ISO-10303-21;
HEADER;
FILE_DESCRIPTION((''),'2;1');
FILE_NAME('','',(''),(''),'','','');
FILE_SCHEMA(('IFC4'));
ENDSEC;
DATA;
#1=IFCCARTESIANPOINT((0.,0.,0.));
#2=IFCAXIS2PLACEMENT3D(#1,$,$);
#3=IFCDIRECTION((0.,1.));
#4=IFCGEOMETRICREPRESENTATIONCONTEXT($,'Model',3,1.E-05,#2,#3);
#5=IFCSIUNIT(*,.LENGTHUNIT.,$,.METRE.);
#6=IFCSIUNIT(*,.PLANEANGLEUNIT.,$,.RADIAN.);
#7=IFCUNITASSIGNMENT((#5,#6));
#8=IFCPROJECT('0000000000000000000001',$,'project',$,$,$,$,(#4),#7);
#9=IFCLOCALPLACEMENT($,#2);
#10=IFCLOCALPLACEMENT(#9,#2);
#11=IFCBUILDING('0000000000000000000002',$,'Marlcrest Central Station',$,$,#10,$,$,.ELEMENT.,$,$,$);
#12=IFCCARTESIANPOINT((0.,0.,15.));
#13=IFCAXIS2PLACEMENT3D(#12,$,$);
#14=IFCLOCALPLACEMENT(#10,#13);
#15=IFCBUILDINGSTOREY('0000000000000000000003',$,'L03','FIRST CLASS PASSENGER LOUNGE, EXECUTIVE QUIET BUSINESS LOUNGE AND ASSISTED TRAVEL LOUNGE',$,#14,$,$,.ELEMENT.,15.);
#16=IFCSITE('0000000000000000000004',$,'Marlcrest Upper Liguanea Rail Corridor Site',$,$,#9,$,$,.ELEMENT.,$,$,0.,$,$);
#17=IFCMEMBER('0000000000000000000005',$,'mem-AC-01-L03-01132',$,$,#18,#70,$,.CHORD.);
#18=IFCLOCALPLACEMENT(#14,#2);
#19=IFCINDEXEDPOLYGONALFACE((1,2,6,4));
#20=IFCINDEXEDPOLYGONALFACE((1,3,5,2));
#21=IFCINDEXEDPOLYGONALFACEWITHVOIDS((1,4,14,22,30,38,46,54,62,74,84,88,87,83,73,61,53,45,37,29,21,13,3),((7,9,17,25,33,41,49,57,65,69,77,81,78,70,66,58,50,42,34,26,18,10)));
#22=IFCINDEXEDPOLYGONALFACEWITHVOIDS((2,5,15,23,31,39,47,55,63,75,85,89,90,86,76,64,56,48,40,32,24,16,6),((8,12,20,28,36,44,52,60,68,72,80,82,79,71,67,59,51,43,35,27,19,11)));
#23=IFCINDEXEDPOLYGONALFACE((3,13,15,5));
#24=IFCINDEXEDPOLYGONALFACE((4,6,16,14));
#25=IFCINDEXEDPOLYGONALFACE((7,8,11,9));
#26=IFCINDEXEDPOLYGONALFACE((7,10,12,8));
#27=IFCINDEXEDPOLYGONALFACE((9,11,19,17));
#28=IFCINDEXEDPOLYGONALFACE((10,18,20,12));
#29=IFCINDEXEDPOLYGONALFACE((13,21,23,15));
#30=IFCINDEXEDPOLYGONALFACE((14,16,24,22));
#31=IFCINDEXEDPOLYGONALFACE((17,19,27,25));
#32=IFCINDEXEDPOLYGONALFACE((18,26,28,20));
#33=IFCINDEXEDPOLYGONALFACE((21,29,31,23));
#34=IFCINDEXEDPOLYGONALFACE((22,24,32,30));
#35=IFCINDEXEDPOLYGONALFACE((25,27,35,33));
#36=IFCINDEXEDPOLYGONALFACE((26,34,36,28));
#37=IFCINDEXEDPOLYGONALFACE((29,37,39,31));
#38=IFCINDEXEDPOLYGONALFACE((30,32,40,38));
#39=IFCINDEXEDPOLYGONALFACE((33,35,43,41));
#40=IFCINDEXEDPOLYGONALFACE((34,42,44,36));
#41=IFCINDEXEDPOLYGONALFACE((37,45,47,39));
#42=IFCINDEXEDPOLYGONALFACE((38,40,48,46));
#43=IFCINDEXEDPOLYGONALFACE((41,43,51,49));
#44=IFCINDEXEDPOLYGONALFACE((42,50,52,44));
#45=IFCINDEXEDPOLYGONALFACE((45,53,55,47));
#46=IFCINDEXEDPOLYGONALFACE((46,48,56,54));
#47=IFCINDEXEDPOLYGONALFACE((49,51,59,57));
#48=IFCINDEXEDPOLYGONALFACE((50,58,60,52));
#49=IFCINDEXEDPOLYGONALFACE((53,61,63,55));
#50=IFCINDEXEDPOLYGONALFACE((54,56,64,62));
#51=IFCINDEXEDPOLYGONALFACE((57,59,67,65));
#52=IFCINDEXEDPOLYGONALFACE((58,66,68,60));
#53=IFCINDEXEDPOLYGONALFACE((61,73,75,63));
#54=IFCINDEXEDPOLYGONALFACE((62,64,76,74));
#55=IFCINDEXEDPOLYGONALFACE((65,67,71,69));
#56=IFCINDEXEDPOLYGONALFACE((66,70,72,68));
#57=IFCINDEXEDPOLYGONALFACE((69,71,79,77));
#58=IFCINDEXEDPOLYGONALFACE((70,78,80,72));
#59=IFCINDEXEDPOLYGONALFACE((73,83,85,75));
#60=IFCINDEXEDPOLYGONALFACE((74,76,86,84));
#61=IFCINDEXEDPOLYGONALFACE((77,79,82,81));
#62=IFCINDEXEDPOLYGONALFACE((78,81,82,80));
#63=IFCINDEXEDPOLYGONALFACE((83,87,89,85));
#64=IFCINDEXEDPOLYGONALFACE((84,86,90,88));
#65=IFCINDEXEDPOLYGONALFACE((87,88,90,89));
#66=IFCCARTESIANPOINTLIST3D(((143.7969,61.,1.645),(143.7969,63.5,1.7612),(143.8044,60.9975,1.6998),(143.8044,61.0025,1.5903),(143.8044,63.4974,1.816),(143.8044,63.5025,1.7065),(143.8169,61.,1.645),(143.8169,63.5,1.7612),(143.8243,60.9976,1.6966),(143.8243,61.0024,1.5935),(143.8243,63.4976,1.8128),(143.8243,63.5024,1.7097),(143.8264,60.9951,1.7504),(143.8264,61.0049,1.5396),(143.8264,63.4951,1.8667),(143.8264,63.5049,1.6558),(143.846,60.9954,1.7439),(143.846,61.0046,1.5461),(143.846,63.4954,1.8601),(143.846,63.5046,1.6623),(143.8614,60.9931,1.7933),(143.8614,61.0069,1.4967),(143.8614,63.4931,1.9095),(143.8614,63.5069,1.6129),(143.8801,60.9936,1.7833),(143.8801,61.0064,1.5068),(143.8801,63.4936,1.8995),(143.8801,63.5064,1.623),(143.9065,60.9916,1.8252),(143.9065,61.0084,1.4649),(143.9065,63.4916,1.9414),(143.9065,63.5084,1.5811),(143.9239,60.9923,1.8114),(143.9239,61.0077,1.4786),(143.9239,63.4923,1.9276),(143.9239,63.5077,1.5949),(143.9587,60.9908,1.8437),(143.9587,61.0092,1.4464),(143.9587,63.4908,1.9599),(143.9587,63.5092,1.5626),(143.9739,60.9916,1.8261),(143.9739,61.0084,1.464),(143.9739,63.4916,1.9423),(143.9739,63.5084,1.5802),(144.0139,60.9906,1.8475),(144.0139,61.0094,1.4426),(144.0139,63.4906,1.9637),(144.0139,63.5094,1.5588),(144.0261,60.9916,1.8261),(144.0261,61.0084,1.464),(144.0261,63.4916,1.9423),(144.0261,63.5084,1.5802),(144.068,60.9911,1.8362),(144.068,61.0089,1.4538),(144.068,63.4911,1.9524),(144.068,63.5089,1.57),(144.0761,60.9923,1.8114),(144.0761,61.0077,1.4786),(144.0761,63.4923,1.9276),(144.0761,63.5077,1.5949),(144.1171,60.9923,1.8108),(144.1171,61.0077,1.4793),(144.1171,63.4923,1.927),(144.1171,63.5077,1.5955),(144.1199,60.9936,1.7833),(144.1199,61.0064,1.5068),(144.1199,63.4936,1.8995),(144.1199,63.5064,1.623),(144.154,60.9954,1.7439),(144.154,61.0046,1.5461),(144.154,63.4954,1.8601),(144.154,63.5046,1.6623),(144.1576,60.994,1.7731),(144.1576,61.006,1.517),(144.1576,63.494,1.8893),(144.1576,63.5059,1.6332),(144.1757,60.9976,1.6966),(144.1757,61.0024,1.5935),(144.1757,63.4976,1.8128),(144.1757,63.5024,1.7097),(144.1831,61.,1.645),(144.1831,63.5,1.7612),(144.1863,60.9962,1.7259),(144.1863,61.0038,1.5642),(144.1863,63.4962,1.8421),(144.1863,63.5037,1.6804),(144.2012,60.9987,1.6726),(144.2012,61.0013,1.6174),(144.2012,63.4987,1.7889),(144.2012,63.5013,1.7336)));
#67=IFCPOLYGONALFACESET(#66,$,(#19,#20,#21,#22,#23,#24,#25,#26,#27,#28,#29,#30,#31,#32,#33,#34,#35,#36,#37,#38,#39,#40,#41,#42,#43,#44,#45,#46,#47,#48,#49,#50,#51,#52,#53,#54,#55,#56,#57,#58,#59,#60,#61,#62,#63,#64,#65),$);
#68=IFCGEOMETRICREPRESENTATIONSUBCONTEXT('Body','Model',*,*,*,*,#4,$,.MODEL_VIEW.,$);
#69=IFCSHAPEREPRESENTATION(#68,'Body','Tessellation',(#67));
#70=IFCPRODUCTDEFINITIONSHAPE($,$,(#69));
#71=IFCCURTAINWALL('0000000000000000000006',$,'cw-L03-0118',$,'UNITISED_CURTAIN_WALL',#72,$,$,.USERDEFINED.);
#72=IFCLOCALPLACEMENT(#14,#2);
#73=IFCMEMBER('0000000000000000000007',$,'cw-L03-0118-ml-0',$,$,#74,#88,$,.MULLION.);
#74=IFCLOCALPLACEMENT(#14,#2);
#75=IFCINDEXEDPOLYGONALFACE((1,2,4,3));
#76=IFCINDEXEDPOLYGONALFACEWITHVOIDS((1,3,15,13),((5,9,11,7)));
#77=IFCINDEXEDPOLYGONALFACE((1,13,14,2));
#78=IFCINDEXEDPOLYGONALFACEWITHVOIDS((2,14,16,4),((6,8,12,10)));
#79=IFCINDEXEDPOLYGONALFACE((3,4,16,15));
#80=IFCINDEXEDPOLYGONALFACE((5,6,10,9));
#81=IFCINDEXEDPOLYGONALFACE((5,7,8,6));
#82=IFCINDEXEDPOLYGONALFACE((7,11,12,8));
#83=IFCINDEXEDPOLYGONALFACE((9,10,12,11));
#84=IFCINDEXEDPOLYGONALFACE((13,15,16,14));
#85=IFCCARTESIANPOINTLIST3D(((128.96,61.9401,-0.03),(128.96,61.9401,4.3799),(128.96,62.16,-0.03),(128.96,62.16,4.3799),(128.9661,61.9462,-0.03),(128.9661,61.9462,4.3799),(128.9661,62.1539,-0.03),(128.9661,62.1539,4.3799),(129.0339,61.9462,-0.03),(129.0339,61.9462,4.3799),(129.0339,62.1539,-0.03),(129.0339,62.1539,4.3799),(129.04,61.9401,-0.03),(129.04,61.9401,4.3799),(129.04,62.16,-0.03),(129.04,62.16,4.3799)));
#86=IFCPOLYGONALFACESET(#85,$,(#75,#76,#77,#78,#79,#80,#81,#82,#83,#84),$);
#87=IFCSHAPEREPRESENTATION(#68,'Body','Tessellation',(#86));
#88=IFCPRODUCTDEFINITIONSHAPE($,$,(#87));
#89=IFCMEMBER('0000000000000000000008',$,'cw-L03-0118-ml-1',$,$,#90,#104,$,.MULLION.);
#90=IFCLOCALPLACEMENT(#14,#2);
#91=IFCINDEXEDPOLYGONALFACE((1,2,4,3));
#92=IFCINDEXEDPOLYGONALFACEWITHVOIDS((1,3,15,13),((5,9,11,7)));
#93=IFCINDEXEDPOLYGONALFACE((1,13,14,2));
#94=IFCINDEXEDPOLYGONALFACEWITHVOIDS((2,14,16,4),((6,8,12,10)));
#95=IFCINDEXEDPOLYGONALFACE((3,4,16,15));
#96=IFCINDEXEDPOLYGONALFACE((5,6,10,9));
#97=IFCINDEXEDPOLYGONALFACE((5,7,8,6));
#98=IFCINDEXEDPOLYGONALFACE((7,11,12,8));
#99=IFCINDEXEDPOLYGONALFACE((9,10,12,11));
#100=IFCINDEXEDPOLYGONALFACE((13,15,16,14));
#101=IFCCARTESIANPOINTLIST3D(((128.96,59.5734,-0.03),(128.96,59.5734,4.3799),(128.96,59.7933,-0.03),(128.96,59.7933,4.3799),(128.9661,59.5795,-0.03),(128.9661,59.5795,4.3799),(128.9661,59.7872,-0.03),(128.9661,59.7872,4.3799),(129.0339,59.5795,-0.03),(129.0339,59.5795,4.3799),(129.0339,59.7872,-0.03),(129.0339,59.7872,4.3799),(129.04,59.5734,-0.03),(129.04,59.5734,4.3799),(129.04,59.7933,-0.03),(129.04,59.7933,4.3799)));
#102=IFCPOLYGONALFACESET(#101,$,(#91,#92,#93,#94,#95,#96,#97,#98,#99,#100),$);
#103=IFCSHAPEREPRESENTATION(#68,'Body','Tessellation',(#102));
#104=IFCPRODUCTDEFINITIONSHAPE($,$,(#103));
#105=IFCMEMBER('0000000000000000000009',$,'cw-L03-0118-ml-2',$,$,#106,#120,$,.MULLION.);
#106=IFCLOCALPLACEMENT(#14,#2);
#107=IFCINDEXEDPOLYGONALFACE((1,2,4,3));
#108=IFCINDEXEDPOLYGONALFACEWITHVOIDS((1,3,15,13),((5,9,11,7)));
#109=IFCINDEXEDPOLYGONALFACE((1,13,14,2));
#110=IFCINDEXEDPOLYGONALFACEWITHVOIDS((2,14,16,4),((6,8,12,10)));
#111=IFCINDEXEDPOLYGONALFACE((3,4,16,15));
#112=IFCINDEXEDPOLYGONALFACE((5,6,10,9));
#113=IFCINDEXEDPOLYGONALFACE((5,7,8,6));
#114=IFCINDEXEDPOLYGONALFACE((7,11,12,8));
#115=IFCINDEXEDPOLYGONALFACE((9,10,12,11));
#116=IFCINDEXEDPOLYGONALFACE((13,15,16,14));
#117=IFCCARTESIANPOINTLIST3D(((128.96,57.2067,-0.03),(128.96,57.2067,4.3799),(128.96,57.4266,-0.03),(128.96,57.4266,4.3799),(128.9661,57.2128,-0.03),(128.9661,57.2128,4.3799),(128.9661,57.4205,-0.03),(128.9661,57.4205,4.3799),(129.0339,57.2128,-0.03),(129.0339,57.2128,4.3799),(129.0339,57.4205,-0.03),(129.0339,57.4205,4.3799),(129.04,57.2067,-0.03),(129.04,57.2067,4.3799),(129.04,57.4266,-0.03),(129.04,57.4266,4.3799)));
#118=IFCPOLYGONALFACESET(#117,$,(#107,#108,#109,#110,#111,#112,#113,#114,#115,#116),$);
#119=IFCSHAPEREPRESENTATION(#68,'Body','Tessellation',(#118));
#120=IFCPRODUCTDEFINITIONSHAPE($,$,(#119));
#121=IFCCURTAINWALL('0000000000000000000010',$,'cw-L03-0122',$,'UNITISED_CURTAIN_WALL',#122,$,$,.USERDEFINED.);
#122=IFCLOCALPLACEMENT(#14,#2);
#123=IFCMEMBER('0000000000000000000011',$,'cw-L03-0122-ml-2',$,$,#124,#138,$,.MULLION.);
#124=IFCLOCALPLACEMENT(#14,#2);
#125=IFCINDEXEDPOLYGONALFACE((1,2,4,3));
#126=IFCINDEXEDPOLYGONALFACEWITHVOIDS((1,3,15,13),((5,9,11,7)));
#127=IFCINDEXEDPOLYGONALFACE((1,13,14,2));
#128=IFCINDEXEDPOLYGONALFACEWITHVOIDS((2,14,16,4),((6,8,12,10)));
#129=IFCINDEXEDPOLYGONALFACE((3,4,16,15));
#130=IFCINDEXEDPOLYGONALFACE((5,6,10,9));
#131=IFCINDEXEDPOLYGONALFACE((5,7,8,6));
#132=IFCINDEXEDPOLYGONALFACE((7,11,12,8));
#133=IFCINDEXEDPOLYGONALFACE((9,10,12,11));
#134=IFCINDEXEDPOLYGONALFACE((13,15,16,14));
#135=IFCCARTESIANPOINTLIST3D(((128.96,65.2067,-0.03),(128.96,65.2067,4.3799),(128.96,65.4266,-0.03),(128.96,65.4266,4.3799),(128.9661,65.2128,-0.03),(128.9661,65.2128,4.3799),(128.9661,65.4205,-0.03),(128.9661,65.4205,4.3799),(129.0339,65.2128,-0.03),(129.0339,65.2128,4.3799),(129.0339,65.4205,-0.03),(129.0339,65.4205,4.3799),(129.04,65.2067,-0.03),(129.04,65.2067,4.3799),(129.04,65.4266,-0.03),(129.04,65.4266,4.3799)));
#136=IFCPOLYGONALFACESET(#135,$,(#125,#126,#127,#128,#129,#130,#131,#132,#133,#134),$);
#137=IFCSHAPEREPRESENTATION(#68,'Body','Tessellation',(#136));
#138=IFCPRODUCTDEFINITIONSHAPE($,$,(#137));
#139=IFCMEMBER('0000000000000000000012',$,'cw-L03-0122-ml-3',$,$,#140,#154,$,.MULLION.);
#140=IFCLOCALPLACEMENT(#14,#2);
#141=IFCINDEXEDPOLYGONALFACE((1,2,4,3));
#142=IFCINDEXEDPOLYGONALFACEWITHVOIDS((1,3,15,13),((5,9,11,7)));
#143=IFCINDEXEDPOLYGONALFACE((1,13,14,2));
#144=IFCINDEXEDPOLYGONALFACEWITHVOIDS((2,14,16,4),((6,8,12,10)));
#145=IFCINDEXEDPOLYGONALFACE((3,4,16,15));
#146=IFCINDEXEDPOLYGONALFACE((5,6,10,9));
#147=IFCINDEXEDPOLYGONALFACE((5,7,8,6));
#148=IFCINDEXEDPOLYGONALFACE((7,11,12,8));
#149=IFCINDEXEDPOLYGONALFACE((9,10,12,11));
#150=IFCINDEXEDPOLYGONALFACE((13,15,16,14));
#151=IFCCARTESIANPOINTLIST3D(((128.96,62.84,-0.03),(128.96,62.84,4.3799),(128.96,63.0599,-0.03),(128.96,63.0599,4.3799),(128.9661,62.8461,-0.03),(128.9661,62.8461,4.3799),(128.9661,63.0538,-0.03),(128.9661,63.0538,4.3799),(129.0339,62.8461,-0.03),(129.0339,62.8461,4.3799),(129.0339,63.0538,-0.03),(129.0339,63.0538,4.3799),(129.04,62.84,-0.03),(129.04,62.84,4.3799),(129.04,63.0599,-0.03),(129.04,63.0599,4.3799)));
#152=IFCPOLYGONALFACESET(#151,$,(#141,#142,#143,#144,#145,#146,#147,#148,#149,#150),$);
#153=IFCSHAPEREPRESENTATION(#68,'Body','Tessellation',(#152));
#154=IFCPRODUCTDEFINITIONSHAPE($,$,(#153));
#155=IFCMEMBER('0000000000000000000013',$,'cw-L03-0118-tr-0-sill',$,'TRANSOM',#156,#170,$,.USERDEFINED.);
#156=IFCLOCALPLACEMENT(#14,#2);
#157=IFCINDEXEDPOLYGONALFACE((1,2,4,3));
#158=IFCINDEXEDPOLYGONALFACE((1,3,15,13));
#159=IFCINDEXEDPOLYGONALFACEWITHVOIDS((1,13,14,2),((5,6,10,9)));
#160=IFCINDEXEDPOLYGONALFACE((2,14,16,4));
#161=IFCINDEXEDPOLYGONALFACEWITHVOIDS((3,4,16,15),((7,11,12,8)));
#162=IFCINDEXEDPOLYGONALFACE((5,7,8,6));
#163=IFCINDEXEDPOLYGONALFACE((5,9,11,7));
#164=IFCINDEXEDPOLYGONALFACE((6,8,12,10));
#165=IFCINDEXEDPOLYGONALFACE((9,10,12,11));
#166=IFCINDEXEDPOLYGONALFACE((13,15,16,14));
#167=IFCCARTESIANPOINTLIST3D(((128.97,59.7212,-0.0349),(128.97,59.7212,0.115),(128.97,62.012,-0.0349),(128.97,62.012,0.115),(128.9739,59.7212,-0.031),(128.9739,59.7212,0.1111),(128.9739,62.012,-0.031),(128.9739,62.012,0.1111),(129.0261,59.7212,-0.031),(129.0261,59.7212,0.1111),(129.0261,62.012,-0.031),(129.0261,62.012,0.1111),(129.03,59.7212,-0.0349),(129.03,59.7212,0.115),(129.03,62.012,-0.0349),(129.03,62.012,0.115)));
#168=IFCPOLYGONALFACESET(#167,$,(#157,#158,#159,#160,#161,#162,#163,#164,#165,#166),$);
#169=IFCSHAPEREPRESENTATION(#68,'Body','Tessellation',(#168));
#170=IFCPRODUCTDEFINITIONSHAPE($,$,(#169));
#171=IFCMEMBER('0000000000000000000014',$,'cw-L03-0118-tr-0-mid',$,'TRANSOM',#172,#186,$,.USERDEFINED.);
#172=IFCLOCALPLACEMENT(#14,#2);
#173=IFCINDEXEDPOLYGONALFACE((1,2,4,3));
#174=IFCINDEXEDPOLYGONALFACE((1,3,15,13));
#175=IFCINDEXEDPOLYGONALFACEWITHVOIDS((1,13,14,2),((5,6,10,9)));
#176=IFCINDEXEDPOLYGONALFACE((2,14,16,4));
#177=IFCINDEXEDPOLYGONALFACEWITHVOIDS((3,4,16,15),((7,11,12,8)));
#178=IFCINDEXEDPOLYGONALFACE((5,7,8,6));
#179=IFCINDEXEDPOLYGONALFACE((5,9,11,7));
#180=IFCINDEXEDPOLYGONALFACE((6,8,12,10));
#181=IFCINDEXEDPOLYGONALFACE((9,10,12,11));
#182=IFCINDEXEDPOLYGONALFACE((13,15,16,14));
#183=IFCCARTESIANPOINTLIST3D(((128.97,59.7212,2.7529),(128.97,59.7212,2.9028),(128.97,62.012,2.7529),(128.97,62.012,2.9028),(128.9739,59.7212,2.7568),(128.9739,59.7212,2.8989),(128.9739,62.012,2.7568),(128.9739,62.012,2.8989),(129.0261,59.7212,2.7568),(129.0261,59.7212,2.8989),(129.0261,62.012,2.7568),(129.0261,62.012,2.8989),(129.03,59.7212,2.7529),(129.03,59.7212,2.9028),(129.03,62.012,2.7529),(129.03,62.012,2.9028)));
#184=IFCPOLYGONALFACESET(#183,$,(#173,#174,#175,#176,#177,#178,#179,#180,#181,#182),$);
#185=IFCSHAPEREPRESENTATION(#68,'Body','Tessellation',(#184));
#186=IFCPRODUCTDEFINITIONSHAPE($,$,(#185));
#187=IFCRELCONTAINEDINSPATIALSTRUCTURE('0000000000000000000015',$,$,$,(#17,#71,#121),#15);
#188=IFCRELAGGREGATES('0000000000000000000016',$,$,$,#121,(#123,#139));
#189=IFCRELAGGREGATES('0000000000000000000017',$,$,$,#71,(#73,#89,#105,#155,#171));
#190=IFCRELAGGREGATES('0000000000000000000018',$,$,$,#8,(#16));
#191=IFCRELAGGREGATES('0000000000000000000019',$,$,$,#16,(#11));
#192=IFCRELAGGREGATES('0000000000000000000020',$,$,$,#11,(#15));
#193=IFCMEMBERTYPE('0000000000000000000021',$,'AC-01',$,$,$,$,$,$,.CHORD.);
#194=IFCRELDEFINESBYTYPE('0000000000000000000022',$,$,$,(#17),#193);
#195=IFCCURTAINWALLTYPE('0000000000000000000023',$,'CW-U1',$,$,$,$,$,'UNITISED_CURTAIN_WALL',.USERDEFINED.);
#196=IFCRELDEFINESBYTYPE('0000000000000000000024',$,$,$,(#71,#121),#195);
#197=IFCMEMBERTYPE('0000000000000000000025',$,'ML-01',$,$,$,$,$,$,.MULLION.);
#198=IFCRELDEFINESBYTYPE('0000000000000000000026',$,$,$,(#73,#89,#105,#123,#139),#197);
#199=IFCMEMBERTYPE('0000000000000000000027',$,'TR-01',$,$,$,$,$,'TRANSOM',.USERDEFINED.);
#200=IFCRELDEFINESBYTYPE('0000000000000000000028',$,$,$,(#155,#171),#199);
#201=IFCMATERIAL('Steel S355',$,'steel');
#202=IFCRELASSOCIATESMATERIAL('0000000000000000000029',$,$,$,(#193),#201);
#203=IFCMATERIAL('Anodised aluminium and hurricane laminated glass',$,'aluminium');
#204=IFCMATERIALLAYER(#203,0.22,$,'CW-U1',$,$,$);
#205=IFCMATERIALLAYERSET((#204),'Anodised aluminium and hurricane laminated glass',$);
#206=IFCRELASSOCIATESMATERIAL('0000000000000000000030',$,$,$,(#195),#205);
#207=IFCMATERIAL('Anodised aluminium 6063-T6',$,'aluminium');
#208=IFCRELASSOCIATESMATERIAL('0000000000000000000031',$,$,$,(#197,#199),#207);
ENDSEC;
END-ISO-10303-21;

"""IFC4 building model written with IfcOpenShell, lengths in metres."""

from ifc_helpers import new_model, si_unit, direction, frame, origin, origin_2d, place, context, subcontext, project, spatial, hollow_rectangle, hollow_circle, extrude, material, layer, layer_set, material_profile, profile_set, type_object, element, aggregate, save


model = new_model("IFC4")

# Units and contexts
model_context = context("Model", 3, precision=1e-05, world=origin(), true_north=direction((0.0, 1.0)))
body_context = subcontext(model_context, "Body", "Model", "MODEL_VIEW")
ifc_project = project(units=[si_unit("LENGTHUNIT", "METRE"), si_unit("PLANEANGLEUNIT", "RADIAN")], contexts=[model_context])

# Site, building, storey
site_placement = place(None, origin())
site = spatial("IfcSite", under=ifc_project, at=site_placement, Name="Marlcrest Upper Liguanea Rail Corridor Site", CompositionType="ELEMENT", RefElevation=0.0)
building_placement = place(site_placement, origin())
building = spatial("IfcBuilding", under=site, at=building_placement, Name="Marlcrest Central Station", CompositionType="ELEMENT")
storey_placement = place(building_placement, frame((0.0, 0.0, 15.0)))
storey = spatial("IfcBuildingStorey", under=building, at=storey_placement, Name="L03", Description="FIRST CLASS PASSENGER LOUNGE, EXECUTIVE QUIET BUSINESS LOUNGE AND ASSISTED TRAVEL LOUNGE", CompositionType="ELEMENT", Elevation=15.0)

# Shared definitions
ifc_material_1 = material(Name="Steel S355", Category="steel")

# Member
ifc_material_profile_1 = material_profile(ifc_material_1, hollow_circle(Radius=0.2031, WallThickness=0.02, at=origin_2d()), Name="CHS 406.4x20")
ifc_profile_set_1 = profile_set([ifc_material_profile_1], Name="Steel S355")
member_type_1 = type_object("IfcMemberType", Name="AC-01", PredefinedType="CHORD", material=ifc_profile_set_1)
member_1_placement = place(storey_placement, frame((144.0, 61.0, 1.645), z_axis=(0.0, 0.998921, 0.046434), x_axis=(-1.0, 0.0, 0.0)))
element("IfcMember", 1, at=member_1_placement, inside=storey, type_object=member_type_1, Name="mem-AC-01-L03-01132", PredefinedType="CHORD", context=body_context, shape_type="SweptSolid", body=[
    extrude(hollow_circle(Radius=0.2031, WallThickness=0.02, at=origin_2d()), origin(), (0.0, 0.0, 1.0), 2.5027),
])

# Curtain walls, members
ifc_material_2 = material(Name="Anodised aluminium and hurricane laminated glass", Category="aluminium")
ifc_layer_1 = layer(ifc_material_2, 0.22, Name="CW-U1")
ifc_layer_set_1 = layer_set([ifc_layer_1], Name="Anodised aluminium and hurricane laminated glass")
curtain_wall_type = type_object("IfcCurtainWallType", Name="CW-U1", ElementType="UNITISED_CURTAIN_WALL", PredefinedType="USERDEFINED", material=ifc_layer_set_1)
curtain_wall_1_placement = place(storey_placement, origin())
curtain_wall_1 = element("IfcCurtainWall", 2, at=curtain_wall_1_placement, inside=storey, type_object=curtain_wall_type, Name="cw-L03-0118", ObjectType="UNITISED_CURTAIN_WALL", PredefinedType="USERDEFINED")
ifc_material_3 = material(Name="Anodised aluminium 6063-T6", Category="aluminium")
ifc_material_profile_2 = material_profile(ifc_material_3, hollow_rectangle(XDim=0.0801, YDim=0.22, WallThickness=0.0061, at=origin_2d()), Name="AA-RHS 220x80x6")
ifc_profile_set_2 = profile_set([ifc_material_profile_2], Name="Anodised aluminium 6063-T6")
member_type_2 = type_object("IfcMemberType", Name="ML-01", PredefinedType="MULLION", material=ifc_profile_set_2)
member_2_placement = place(storey_placement, frame((129.0, 62.05, -0.03), z_axis=(0.0, 0.0, 1.0), x_axis=(1.0, 0.0, 0.0)))
member_2 = element("IfcMember", 3, at=member_2_placement, type_object=member_type_2, Name="cw-L03-0118-ml-0", PredefinedType="MULLION", context=body_context, shape_type="SweptSolid", body=[
    extrude(hollow_rectangle(XDim=0.0801, YDim=0.22, WallThickness=0.0061, at=origin_2d()), origin(), (0.0, 0.0, 1.0), 4.4099),
])
member_3_placement = place(storey_placement, frame((129.0, 59.6833, -0.03), z_axis=(0.0, 0.0, 1.0), x_axis=(1.0, 0.0, 0.0)))
member_3 = element("IfcMember", 4, at=member_3_placement, type_object=member_type_2, Name="cw-L03-0118-ml-1", PredefinedType="MULLION", context=body_context, shape_type="SweptSolid", body=[
    extrude(hollow_rectangle(XDim=0.0801, YDim=0.22, WallThickness=0.0061, at=origin_2d()), origin(), (0.0, 0.0, 1.0), 4.4099),
])
member_4_placement = place(storey_placement, frame((129.0, 57.3167, -0.03), z_axis=(0.0, 0.0, 1.0), x_axis=(1.0, 0.0, 0.0)))
member_4 = element("IfcMember", 5, at=member_4_placement, type_object=member_type_2, Name="cw-L03-0118-ml-2", PredefinedType="MULLION", context=body_context, shape_type="SweptSolid", body=[
    extrude(hollow_rectangle(XDim=0.0801, YDim=0.22, WallThickness=0.0061, at=origin_2d()), origin(), (0.0, 0.0, 1.0), 4.4099),
])
curtain_wall_2_placement = place(storey_placement, origin())
curtain_wall_2 = element("IfcCurtainWall", 6, at=curtain_wall_2_placement, inside=storey, type_object=curtain_wall_type, Name="cw-L03-0122", ObjectType="UNITISED_CURTAIN_WALL", PredefinedType="USERDEFINED")
member_5_placement = place(storey_placement, frame((129.0, 65.3167, -0.03), z_axis=(0.0, 0.0, 1.0), x_axis=(1.0, 0.0, 0.0)))
member_5 = element("IfcMember", 7, at=member_5_placement, type_object=member_type_2, Name="cw-L03-0122-ml-2", PredefinedType="MULLION", context=body_context, shape_type="SweptSolid", body=[
    extrude(hollow_rectangle(XDim=0.0801, YDim=0.22, WallThickness=0.0061, at=origin_2d()), origin(), (0.0, 0.0, 1.0), 4.4099),
])
member_6_placement = place(storey_placement, frame((129.0, 62.95, -0.03), z_axis=(0.0, 0.0, 1.0), x_axis=(1.0, 0.0, 0.0)))
member_6 = element("IfcMember", 8, at=member_6_placement, type_object=member_type_2, Name="cw-L03-0122-ml-3", PredefinedType="MULLION", context=body_context, shape_type="SweptSolid", body=[
    extrude(hollow_rectangle(XDim=0.0801, YDim=0.22, WallThickness=0.0061, at=origin_2d()), origin(), (0.0, 0.0, 1.0), 4.4099),
])

# Members
ifc_material_profile_3 = material_profile(ifc_material_3, hollow_rectangle(XDim=0.0601, YDim=0.1499, WallThickness=0.0039, at=origin_2d()), Name="AA-RHS 150x60x4")
ifc_profile_set_3 = profile_set([ifc_material_profile_3], Name="Anodised aluminium 6063-T6")
member_type_3 = type_object("IfcMemberType", Name="TR-01", ElementType="TRANSOM", PredefinedType="USERDEFINED", material=ifc_profile_set_3)
member_7_placement = place(storey_placement, frame((129.0, 62.012, 0.04), z_axis=(0.0, -1.0, 0.0), x_axis=(1.0, 0.0, 0.0)))
member_7 = element("IfcMember", 9, at=member_7_placement, type_object=member_type_3, Name="cw-L03-0118-tr-0-sill", ObjectType="TRANSOM", PredefinedType="USERDEFINED", context=body_context, shape_type="SweptSolid", body=[
    extrude(hollow_rectangle(XDim=0.0601, YDim=0.1499, WallThickness=0.0039, at=origin_2d()), origin(), (0.0, 0.0, 1.0), 2.2908),
])
member_8_placement = place(storey_placement, frame((129.0, 62.012, 2.8279), z_axis=(0.0, -1.0, 0.0), x_axis=(1.0, 0.0, 0.0)))
member_8 = element("IfcMember", 10, at=member_8_placement, type_object=member_type_3, Name="cw-L03-0118-tr-0-mid", ObjectType="TRANSOM", PredefinedType="USERDEFINED", context=body_context, shape_type="SweptSolid", body=[
    extrude(hollow_rectangle(XDim=0.0601, YDim=0.1499, WallThickness=0.0039, at=origin_2d()), origin(), (0.0, 0.0, 1.0), 2.2908),
])

aggregate(curtain_wall_2, [member_5, member_6])
aggregate(curtain_wall_1, [member_2, member_3, member_4, member_7, member_8])

save(model, "model.ifc")
